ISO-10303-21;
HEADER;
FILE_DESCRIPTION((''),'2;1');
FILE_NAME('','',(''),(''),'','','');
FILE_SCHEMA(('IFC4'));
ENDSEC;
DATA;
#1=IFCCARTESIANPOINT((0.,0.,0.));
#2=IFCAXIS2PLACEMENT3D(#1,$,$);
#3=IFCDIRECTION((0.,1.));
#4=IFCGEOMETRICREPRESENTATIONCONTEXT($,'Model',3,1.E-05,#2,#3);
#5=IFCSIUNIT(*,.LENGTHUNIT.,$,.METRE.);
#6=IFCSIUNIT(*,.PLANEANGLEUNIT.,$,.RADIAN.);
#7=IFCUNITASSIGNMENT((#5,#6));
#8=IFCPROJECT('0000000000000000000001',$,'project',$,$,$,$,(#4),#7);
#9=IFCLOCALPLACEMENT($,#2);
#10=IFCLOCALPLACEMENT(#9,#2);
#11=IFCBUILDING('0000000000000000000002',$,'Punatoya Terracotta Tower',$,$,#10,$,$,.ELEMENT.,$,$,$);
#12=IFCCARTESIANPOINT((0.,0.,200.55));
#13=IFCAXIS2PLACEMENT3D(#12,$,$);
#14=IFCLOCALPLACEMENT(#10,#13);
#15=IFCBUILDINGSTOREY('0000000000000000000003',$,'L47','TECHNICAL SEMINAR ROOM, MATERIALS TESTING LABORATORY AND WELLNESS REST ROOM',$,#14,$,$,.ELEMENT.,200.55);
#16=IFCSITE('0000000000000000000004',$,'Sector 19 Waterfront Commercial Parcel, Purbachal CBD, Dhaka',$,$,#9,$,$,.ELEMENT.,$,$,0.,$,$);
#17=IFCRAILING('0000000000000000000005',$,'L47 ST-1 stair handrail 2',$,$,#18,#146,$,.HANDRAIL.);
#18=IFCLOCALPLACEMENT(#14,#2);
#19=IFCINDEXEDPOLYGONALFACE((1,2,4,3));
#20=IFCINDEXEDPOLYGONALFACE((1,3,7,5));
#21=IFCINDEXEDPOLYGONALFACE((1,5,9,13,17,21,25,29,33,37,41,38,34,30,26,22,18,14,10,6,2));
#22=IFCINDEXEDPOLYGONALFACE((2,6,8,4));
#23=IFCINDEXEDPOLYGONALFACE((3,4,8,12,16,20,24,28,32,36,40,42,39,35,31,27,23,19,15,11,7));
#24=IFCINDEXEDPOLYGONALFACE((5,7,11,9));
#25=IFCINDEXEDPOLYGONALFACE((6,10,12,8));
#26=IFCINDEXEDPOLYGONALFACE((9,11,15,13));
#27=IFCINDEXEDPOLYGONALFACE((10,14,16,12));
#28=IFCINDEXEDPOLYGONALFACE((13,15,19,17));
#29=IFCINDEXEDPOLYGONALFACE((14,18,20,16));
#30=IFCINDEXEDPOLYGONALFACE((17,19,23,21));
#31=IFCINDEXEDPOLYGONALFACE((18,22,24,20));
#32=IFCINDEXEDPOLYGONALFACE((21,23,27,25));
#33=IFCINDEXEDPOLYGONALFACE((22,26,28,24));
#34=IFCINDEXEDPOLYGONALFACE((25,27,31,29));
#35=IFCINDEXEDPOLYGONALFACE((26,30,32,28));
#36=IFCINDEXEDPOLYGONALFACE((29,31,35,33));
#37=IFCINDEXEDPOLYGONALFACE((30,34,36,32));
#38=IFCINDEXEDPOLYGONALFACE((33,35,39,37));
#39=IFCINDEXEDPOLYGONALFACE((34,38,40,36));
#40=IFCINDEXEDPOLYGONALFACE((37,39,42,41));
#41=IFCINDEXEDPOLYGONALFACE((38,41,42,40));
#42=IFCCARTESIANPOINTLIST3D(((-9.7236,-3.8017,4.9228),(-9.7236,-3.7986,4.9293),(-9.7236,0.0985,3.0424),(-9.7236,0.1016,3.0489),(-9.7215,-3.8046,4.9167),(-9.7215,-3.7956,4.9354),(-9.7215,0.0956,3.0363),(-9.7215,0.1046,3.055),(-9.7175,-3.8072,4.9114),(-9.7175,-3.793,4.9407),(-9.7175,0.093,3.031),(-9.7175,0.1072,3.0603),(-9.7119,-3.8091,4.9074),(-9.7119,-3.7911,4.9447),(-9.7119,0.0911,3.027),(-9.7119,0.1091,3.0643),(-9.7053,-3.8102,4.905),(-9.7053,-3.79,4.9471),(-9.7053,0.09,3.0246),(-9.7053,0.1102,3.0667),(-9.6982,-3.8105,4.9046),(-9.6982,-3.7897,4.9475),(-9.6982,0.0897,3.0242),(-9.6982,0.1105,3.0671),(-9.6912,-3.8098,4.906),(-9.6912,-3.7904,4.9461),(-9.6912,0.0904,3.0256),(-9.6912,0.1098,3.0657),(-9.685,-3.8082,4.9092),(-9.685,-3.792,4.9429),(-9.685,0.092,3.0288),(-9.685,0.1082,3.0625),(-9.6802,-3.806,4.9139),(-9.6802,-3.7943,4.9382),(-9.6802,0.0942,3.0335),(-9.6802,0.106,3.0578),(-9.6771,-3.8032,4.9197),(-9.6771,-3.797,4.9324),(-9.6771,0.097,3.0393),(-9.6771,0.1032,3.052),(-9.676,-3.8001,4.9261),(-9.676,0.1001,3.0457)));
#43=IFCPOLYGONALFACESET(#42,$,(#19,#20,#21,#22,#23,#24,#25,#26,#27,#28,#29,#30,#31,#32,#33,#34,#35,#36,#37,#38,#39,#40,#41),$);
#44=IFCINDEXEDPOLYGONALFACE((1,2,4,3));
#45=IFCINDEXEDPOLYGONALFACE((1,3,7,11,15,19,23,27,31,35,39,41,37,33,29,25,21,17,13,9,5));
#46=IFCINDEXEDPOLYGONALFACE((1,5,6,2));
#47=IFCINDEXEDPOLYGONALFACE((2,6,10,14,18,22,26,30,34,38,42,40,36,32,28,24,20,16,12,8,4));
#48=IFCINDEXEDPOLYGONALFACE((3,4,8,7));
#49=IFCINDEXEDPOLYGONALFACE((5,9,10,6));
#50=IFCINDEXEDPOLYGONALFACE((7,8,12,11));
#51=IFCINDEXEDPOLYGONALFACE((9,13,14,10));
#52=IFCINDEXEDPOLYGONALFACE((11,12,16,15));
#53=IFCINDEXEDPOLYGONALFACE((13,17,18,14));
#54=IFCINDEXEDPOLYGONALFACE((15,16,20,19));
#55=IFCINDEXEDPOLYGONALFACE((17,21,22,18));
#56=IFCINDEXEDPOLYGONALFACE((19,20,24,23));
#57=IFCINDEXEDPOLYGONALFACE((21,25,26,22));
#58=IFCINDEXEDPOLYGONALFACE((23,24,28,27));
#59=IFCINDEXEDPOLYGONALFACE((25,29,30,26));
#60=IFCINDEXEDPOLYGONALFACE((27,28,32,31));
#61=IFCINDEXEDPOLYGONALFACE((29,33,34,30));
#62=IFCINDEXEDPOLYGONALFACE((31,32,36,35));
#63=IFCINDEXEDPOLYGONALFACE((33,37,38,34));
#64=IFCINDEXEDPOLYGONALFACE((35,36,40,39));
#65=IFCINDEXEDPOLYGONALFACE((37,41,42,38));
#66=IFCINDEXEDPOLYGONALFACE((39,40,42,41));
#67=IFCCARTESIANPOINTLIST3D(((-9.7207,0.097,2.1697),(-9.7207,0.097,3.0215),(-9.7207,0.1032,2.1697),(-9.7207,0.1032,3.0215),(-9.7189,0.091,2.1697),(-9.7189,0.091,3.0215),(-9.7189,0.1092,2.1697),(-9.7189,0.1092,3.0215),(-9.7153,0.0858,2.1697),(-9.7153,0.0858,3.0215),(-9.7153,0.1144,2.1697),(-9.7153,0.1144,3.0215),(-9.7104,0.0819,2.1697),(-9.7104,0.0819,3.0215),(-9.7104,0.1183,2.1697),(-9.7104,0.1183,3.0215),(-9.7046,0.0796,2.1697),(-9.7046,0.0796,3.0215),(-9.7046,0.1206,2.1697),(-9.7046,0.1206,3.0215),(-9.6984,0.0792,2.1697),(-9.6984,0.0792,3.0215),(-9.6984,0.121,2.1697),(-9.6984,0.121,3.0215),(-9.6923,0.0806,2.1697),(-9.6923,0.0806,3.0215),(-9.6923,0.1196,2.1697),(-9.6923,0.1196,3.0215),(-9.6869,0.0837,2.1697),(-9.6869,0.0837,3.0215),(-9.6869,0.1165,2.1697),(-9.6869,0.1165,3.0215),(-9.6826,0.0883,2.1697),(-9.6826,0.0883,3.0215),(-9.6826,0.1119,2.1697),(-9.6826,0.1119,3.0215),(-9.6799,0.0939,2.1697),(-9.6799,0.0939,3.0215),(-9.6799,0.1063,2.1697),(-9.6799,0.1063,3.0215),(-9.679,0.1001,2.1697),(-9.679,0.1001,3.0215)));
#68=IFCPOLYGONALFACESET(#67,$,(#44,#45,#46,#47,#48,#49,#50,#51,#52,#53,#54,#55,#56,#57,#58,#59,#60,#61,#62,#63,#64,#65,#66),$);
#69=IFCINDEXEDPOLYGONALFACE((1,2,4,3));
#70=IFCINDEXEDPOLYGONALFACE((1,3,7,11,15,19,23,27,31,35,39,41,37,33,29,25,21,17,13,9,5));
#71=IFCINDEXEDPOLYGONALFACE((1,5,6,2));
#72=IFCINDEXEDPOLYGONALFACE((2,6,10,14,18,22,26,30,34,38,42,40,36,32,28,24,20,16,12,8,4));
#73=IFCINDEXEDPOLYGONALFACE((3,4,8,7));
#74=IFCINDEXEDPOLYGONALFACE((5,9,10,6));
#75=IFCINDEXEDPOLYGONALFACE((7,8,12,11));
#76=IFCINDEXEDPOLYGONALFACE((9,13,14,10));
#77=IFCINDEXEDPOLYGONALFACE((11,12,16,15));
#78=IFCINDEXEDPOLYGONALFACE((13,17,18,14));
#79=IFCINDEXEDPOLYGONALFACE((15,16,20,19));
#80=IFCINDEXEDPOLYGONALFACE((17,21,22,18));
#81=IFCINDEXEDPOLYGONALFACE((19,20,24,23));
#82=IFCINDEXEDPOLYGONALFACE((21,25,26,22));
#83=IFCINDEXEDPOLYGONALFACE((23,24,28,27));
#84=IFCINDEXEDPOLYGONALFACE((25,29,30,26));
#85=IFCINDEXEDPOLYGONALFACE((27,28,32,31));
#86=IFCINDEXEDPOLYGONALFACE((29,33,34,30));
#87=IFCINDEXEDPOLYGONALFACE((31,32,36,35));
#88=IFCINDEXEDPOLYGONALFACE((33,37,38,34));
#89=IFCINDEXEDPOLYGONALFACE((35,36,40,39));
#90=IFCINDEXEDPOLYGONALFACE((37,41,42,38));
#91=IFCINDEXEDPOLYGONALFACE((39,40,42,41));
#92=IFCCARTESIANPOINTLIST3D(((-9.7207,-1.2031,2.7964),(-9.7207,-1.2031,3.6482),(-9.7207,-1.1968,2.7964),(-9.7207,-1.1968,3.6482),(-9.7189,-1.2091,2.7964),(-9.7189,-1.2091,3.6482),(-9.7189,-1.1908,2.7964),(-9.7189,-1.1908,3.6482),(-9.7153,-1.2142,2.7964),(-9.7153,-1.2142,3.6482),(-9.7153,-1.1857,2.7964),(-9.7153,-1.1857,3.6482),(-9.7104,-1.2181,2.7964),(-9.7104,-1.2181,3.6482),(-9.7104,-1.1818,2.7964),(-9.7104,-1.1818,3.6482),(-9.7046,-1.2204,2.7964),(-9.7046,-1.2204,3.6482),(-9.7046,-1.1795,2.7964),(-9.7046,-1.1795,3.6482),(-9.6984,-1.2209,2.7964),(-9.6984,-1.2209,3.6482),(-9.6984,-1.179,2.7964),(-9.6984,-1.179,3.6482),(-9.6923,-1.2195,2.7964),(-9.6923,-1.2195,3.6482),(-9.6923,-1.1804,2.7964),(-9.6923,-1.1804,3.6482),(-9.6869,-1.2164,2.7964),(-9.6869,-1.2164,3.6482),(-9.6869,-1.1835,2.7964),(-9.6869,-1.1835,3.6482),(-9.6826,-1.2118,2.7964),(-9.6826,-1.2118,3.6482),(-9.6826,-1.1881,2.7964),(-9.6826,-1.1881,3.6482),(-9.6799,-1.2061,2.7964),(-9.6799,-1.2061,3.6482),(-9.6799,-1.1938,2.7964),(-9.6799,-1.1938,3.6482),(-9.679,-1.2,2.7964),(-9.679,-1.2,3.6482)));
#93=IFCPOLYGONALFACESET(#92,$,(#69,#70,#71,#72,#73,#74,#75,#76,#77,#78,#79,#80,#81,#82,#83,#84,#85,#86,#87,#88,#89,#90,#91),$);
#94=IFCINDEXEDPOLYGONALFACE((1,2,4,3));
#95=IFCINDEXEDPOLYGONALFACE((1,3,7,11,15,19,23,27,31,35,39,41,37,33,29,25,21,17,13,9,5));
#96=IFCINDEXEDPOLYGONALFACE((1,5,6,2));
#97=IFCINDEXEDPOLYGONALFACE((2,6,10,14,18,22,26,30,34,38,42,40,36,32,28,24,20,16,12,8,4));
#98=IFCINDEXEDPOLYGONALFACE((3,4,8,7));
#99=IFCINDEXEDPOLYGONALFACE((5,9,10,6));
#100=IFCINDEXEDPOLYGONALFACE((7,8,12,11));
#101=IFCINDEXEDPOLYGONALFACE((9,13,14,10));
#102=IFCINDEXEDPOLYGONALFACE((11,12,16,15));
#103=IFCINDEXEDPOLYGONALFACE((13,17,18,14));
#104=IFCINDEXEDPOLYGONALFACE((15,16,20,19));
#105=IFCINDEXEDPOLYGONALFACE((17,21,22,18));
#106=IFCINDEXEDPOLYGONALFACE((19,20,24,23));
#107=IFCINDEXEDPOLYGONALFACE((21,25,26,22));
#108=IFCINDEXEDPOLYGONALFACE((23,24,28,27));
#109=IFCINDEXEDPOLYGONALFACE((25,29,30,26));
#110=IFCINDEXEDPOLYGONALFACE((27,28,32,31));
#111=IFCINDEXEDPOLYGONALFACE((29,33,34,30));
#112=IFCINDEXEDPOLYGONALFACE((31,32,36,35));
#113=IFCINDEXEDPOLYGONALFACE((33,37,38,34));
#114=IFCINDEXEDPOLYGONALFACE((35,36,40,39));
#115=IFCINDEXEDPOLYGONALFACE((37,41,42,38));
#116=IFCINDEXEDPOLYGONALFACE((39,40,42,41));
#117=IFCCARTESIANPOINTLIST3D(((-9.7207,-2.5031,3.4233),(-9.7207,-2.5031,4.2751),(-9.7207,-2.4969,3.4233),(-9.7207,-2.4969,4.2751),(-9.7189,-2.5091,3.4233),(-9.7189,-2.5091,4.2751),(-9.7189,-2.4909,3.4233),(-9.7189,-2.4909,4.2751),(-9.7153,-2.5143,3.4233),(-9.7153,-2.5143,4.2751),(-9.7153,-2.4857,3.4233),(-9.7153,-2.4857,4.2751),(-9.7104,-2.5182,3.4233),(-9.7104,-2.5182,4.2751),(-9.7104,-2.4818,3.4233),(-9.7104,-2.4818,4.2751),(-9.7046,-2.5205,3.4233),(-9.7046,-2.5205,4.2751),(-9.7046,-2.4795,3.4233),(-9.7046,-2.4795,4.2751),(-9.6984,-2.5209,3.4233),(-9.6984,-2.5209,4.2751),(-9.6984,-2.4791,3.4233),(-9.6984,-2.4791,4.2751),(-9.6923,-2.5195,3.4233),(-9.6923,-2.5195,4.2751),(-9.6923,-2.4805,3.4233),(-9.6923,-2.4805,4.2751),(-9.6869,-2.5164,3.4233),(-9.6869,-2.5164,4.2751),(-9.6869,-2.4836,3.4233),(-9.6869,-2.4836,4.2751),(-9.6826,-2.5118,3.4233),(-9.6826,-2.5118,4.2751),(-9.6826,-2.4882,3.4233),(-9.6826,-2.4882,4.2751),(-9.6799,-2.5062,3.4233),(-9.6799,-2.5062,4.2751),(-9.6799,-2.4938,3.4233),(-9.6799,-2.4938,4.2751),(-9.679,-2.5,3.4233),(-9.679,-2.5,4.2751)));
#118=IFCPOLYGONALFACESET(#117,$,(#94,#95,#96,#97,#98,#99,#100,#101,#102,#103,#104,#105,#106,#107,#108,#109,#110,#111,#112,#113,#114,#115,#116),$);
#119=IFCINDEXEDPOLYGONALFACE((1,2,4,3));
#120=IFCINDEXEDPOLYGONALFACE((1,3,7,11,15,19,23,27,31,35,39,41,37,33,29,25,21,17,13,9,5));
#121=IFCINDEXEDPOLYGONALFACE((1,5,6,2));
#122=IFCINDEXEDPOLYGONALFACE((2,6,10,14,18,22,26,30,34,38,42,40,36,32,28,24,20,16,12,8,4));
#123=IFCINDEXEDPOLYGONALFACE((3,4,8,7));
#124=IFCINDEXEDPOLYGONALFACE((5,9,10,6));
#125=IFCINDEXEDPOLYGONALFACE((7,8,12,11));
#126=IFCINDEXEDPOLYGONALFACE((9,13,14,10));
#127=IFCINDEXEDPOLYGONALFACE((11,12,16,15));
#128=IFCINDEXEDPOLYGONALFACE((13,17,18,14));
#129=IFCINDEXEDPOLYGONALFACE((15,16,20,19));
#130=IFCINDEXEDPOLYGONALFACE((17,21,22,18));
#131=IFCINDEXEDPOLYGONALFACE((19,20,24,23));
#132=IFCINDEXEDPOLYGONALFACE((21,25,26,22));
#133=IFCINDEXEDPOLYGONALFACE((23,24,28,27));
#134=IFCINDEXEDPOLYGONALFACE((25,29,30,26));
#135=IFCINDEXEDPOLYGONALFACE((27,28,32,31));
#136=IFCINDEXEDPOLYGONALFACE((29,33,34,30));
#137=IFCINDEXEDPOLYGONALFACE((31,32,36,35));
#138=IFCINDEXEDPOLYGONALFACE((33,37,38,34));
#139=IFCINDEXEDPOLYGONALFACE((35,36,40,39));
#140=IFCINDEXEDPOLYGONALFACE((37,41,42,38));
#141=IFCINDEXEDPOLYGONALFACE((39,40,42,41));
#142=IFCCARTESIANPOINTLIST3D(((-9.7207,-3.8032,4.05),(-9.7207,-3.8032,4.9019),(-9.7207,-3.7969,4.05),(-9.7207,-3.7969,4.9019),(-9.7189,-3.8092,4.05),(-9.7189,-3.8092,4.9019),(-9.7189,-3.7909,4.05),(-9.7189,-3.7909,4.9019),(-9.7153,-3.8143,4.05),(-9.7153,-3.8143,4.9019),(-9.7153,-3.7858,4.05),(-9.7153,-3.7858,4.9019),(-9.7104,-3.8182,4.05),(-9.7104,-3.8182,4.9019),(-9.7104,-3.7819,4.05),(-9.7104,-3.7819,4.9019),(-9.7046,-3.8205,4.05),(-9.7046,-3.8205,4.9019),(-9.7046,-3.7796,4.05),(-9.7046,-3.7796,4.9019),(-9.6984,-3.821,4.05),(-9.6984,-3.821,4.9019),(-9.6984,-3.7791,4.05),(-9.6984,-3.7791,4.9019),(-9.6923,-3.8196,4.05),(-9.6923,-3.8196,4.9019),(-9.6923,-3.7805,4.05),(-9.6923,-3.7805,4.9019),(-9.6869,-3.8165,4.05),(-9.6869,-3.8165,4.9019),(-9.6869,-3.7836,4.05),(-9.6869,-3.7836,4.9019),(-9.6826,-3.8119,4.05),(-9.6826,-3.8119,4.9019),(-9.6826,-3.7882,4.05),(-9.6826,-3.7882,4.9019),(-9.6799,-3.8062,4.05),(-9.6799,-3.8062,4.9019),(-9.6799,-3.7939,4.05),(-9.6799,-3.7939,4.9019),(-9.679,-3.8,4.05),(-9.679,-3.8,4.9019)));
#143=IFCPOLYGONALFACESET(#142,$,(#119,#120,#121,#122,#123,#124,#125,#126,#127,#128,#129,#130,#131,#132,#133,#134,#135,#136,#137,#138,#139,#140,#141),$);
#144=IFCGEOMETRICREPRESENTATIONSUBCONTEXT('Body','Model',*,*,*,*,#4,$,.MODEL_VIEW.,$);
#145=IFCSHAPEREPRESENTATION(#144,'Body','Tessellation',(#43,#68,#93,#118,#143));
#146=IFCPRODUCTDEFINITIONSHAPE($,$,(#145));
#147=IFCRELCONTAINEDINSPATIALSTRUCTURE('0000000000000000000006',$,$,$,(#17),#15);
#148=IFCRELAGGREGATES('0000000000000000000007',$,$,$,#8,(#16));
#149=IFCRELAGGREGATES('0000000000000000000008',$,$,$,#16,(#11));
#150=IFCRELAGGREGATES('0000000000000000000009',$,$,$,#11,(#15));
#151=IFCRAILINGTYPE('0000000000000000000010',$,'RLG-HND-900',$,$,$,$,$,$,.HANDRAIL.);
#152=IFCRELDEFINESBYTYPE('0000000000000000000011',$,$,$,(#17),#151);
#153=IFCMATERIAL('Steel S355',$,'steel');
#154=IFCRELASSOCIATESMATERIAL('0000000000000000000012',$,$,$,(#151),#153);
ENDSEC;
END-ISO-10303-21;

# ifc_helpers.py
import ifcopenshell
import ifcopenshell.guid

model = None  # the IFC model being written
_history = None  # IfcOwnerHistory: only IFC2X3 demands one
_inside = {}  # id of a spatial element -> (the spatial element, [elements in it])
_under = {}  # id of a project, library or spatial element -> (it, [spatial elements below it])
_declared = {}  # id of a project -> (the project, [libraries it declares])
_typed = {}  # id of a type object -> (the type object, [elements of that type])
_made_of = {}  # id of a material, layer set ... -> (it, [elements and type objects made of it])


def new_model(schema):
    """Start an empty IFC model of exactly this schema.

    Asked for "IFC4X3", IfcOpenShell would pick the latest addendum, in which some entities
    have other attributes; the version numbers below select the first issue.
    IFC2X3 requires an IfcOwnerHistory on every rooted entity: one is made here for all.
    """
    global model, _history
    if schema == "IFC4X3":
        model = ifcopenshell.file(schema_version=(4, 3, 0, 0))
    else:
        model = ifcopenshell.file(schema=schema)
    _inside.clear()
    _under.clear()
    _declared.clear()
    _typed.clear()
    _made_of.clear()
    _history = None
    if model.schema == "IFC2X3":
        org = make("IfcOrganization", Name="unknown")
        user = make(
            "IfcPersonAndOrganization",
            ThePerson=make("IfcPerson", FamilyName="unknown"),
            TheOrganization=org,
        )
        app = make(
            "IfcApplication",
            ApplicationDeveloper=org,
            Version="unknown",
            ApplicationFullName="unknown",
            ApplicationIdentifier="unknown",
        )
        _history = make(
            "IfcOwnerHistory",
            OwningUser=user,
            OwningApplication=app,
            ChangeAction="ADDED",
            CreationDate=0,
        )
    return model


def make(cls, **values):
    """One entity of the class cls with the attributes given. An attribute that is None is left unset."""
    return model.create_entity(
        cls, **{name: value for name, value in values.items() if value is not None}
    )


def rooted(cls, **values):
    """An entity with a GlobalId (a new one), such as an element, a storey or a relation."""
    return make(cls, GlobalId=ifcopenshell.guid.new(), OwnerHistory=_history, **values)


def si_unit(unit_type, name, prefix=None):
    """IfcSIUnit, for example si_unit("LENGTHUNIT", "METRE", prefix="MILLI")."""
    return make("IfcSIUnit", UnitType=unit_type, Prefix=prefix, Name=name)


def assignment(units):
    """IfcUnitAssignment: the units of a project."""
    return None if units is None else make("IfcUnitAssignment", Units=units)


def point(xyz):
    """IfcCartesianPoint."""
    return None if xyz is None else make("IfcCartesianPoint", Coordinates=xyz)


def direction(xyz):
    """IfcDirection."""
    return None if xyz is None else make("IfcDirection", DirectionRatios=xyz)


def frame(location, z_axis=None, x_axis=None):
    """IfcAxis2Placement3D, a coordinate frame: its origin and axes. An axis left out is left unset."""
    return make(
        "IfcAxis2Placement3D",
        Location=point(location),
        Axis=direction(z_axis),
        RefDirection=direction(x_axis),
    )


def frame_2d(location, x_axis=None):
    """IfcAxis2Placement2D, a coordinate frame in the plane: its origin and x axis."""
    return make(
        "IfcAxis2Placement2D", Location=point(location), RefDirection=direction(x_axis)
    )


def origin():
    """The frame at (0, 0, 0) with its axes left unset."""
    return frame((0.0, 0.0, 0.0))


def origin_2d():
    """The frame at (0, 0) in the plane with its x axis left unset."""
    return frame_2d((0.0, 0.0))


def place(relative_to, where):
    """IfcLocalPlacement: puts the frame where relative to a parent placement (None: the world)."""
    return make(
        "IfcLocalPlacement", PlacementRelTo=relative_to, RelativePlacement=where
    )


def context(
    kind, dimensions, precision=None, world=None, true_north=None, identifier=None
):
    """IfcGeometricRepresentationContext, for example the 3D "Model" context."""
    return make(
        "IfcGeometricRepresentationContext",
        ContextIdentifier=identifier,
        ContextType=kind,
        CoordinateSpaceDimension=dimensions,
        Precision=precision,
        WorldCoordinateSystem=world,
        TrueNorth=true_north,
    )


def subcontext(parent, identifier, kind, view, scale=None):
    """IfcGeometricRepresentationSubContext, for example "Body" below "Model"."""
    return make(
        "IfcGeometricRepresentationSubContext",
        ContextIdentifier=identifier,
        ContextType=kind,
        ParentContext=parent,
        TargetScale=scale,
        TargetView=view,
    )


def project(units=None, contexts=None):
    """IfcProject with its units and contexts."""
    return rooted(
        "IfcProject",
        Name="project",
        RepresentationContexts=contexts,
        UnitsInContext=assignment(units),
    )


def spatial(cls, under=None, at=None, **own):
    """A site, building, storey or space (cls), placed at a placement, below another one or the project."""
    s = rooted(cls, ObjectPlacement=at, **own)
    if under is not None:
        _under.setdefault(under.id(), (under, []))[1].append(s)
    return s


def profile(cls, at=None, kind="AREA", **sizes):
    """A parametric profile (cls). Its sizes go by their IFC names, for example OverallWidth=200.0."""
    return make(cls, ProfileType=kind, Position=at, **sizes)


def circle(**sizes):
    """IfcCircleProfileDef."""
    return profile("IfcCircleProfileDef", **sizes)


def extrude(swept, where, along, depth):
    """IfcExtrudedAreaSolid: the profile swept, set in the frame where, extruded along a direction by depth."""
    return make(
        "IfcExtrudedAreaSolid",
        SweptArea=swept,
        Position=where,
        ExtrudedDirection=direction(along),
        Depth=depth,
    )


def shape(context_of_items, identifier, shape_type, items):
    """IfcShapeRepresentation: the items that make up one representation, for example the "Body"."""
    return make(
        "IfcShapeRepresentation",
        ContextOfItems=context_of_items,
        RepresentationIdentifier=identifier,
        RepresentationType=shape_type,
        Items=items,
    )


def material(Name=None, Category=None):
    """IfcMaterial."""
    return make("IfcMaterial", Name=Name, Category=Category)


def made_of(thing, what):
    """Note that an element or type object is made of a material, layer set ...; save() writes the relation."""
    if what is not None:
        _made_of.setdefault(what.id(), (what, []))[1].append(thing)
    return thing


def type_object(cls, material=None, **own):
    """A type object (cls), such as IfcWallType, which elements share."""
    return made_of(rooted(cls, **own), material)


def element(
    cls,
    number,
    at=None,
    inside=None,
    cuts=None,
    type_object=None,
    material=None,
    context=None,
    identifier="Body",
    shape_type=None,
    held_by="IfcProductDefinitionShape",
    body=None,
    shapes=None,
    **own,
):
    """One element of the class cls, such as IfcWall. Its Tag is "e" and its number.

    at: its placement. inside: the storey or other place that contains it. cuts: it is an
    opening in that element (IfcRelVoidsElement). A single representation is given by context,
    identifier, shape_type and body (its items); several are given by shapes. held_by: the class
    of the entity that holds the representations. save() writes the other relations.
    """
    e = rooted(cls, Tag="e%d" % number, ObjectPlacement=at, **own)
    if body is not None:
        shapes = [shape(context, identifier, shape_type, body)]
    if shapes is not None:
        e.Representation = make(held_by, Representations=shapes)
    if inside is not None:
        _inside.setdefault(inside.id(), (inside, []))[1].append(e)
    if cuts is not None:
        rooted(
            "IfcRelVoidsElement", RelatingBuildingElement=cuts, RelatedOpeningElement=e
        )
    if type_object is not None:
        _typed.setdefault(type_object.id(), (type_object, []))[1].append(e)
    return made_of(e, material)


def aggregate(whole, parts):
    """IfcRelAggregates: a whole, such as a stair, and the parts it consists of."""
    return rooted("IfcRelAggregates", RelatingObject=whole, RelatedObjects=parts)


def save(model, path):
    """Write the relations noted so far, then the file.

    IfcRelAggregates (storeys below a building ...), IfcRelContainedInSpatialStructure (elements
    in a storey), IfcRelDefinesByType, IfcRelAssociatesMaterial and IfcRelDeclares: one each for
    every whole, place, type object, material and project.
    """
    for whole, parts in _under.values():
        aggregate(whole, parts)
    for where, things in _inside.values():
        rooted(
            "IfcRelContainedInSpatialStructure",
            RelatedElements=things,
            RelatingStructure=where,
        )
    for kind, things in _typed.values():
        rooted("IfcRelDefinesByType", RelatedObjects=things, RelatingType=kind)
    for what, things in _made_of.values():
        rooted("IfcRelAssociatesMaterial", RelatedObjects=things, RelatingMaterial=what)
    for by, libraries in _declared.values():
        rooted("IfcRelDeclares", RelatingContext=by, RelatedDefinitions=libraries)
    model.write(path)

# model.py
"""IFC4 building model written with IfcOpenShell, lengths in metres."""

from ifc_helpers import new_model, si_unit, direction, frame, origin, origin_2d, place, context, subcontext, project, spatial, circle, extrude, material, type_object, element, save


model = new_model("IFC4")

# Units and contexts
model_context = context("Model", 3, precision=1e-05, world=origin(), true_north=direction((0.0, 1.0)))
body_context = subcontext(model_context, "Body", "Model", "MODEL_VIEW")
ifc_project = project(units=[si_unit("LENGTHUNIT", "METRE"), si_unit("PLANEANGLEUNIT", "RADIAN")], contexts=[model_context])

# Site, building, storey
site_placement = place(None, origin())
site = spatial("IfcSite", under=ifc_project, at=site_placement, Name="Sector 19 Waterfront Commercial Parcel, Purbachal CBD, Dhaka", CompositionType="ELEMENT", RefElevation=0.0)
building_placement = place(site_placement, origin())
building = spatial("IfcBuilding", under=site, at=building_placement, Name="Punatoya Terracotta Tower", CompositionType="ELEMENT")
storey_placement = place(building_placement, frame((0.0, 0.0, 200.55)))
storey = spatial("IfcBuildingStorey", under=building, at=storey_placement, Name="L47", Description="TECHNICAL SEMINAR ROOM, MATERIALS TESTING LABORATORY AND WELLNESS REST ROOM", CompositionType="ELEMENT", Elevation=200.55)

# Shared definitions
ifc_material_1 = material(Name="Steel S355", Category="steel")

# Railing
railing_type_1 = type_object("IfcRailingType", Name="RLG-HND-900", PredefinedType="HANDRAIL", material=ifc_material_1)
railing_1_placement = place(storey_placement, frame((-9.7, 0.1001, 2.1697)))
element("IfcRailing", 1, at=railing_1_placement, inside=storey, type_object=railing_type_1, Name="L47 ST-1 stair handrail 2", PredefinedType="HANDRAIL", context=body_context, shape_type="SweptSolid", body=[
    extrude(circle(Radius=0.0239, at=origin_2d()), frame((0.0, 0.0, 0.876), z_axis=(0.0, -0.900774, 0.434289), x_axis=(1.0, 0.0, 0.0)), (0.0, 0.0, 1.0), 4.3298),
    extrude(circle(Radius=0.021, at=origin_2d()), origin(), (0.0, 0.0, 1.0), 0.8518),
    extrude(circle(Radius=0.021, at=origin_2d()), frame((0.0, -1.3, 0.6267)), (0.0, 0.0, 1.0), 0.8518),
    extrude(circle(Radius=0.021, at=origin_2d()), frame((0.0, -2.6001, 1.2537)), (0.0, 0.0, 1.0), 0.8518),
    extrude(circle(Radius=0.021, at=origin_2d()), frame((0.0, -3.9001, 1.8804)), (0.0, 0.0, 1.0), 0.8518),
])

save(model, "model.ifc")
